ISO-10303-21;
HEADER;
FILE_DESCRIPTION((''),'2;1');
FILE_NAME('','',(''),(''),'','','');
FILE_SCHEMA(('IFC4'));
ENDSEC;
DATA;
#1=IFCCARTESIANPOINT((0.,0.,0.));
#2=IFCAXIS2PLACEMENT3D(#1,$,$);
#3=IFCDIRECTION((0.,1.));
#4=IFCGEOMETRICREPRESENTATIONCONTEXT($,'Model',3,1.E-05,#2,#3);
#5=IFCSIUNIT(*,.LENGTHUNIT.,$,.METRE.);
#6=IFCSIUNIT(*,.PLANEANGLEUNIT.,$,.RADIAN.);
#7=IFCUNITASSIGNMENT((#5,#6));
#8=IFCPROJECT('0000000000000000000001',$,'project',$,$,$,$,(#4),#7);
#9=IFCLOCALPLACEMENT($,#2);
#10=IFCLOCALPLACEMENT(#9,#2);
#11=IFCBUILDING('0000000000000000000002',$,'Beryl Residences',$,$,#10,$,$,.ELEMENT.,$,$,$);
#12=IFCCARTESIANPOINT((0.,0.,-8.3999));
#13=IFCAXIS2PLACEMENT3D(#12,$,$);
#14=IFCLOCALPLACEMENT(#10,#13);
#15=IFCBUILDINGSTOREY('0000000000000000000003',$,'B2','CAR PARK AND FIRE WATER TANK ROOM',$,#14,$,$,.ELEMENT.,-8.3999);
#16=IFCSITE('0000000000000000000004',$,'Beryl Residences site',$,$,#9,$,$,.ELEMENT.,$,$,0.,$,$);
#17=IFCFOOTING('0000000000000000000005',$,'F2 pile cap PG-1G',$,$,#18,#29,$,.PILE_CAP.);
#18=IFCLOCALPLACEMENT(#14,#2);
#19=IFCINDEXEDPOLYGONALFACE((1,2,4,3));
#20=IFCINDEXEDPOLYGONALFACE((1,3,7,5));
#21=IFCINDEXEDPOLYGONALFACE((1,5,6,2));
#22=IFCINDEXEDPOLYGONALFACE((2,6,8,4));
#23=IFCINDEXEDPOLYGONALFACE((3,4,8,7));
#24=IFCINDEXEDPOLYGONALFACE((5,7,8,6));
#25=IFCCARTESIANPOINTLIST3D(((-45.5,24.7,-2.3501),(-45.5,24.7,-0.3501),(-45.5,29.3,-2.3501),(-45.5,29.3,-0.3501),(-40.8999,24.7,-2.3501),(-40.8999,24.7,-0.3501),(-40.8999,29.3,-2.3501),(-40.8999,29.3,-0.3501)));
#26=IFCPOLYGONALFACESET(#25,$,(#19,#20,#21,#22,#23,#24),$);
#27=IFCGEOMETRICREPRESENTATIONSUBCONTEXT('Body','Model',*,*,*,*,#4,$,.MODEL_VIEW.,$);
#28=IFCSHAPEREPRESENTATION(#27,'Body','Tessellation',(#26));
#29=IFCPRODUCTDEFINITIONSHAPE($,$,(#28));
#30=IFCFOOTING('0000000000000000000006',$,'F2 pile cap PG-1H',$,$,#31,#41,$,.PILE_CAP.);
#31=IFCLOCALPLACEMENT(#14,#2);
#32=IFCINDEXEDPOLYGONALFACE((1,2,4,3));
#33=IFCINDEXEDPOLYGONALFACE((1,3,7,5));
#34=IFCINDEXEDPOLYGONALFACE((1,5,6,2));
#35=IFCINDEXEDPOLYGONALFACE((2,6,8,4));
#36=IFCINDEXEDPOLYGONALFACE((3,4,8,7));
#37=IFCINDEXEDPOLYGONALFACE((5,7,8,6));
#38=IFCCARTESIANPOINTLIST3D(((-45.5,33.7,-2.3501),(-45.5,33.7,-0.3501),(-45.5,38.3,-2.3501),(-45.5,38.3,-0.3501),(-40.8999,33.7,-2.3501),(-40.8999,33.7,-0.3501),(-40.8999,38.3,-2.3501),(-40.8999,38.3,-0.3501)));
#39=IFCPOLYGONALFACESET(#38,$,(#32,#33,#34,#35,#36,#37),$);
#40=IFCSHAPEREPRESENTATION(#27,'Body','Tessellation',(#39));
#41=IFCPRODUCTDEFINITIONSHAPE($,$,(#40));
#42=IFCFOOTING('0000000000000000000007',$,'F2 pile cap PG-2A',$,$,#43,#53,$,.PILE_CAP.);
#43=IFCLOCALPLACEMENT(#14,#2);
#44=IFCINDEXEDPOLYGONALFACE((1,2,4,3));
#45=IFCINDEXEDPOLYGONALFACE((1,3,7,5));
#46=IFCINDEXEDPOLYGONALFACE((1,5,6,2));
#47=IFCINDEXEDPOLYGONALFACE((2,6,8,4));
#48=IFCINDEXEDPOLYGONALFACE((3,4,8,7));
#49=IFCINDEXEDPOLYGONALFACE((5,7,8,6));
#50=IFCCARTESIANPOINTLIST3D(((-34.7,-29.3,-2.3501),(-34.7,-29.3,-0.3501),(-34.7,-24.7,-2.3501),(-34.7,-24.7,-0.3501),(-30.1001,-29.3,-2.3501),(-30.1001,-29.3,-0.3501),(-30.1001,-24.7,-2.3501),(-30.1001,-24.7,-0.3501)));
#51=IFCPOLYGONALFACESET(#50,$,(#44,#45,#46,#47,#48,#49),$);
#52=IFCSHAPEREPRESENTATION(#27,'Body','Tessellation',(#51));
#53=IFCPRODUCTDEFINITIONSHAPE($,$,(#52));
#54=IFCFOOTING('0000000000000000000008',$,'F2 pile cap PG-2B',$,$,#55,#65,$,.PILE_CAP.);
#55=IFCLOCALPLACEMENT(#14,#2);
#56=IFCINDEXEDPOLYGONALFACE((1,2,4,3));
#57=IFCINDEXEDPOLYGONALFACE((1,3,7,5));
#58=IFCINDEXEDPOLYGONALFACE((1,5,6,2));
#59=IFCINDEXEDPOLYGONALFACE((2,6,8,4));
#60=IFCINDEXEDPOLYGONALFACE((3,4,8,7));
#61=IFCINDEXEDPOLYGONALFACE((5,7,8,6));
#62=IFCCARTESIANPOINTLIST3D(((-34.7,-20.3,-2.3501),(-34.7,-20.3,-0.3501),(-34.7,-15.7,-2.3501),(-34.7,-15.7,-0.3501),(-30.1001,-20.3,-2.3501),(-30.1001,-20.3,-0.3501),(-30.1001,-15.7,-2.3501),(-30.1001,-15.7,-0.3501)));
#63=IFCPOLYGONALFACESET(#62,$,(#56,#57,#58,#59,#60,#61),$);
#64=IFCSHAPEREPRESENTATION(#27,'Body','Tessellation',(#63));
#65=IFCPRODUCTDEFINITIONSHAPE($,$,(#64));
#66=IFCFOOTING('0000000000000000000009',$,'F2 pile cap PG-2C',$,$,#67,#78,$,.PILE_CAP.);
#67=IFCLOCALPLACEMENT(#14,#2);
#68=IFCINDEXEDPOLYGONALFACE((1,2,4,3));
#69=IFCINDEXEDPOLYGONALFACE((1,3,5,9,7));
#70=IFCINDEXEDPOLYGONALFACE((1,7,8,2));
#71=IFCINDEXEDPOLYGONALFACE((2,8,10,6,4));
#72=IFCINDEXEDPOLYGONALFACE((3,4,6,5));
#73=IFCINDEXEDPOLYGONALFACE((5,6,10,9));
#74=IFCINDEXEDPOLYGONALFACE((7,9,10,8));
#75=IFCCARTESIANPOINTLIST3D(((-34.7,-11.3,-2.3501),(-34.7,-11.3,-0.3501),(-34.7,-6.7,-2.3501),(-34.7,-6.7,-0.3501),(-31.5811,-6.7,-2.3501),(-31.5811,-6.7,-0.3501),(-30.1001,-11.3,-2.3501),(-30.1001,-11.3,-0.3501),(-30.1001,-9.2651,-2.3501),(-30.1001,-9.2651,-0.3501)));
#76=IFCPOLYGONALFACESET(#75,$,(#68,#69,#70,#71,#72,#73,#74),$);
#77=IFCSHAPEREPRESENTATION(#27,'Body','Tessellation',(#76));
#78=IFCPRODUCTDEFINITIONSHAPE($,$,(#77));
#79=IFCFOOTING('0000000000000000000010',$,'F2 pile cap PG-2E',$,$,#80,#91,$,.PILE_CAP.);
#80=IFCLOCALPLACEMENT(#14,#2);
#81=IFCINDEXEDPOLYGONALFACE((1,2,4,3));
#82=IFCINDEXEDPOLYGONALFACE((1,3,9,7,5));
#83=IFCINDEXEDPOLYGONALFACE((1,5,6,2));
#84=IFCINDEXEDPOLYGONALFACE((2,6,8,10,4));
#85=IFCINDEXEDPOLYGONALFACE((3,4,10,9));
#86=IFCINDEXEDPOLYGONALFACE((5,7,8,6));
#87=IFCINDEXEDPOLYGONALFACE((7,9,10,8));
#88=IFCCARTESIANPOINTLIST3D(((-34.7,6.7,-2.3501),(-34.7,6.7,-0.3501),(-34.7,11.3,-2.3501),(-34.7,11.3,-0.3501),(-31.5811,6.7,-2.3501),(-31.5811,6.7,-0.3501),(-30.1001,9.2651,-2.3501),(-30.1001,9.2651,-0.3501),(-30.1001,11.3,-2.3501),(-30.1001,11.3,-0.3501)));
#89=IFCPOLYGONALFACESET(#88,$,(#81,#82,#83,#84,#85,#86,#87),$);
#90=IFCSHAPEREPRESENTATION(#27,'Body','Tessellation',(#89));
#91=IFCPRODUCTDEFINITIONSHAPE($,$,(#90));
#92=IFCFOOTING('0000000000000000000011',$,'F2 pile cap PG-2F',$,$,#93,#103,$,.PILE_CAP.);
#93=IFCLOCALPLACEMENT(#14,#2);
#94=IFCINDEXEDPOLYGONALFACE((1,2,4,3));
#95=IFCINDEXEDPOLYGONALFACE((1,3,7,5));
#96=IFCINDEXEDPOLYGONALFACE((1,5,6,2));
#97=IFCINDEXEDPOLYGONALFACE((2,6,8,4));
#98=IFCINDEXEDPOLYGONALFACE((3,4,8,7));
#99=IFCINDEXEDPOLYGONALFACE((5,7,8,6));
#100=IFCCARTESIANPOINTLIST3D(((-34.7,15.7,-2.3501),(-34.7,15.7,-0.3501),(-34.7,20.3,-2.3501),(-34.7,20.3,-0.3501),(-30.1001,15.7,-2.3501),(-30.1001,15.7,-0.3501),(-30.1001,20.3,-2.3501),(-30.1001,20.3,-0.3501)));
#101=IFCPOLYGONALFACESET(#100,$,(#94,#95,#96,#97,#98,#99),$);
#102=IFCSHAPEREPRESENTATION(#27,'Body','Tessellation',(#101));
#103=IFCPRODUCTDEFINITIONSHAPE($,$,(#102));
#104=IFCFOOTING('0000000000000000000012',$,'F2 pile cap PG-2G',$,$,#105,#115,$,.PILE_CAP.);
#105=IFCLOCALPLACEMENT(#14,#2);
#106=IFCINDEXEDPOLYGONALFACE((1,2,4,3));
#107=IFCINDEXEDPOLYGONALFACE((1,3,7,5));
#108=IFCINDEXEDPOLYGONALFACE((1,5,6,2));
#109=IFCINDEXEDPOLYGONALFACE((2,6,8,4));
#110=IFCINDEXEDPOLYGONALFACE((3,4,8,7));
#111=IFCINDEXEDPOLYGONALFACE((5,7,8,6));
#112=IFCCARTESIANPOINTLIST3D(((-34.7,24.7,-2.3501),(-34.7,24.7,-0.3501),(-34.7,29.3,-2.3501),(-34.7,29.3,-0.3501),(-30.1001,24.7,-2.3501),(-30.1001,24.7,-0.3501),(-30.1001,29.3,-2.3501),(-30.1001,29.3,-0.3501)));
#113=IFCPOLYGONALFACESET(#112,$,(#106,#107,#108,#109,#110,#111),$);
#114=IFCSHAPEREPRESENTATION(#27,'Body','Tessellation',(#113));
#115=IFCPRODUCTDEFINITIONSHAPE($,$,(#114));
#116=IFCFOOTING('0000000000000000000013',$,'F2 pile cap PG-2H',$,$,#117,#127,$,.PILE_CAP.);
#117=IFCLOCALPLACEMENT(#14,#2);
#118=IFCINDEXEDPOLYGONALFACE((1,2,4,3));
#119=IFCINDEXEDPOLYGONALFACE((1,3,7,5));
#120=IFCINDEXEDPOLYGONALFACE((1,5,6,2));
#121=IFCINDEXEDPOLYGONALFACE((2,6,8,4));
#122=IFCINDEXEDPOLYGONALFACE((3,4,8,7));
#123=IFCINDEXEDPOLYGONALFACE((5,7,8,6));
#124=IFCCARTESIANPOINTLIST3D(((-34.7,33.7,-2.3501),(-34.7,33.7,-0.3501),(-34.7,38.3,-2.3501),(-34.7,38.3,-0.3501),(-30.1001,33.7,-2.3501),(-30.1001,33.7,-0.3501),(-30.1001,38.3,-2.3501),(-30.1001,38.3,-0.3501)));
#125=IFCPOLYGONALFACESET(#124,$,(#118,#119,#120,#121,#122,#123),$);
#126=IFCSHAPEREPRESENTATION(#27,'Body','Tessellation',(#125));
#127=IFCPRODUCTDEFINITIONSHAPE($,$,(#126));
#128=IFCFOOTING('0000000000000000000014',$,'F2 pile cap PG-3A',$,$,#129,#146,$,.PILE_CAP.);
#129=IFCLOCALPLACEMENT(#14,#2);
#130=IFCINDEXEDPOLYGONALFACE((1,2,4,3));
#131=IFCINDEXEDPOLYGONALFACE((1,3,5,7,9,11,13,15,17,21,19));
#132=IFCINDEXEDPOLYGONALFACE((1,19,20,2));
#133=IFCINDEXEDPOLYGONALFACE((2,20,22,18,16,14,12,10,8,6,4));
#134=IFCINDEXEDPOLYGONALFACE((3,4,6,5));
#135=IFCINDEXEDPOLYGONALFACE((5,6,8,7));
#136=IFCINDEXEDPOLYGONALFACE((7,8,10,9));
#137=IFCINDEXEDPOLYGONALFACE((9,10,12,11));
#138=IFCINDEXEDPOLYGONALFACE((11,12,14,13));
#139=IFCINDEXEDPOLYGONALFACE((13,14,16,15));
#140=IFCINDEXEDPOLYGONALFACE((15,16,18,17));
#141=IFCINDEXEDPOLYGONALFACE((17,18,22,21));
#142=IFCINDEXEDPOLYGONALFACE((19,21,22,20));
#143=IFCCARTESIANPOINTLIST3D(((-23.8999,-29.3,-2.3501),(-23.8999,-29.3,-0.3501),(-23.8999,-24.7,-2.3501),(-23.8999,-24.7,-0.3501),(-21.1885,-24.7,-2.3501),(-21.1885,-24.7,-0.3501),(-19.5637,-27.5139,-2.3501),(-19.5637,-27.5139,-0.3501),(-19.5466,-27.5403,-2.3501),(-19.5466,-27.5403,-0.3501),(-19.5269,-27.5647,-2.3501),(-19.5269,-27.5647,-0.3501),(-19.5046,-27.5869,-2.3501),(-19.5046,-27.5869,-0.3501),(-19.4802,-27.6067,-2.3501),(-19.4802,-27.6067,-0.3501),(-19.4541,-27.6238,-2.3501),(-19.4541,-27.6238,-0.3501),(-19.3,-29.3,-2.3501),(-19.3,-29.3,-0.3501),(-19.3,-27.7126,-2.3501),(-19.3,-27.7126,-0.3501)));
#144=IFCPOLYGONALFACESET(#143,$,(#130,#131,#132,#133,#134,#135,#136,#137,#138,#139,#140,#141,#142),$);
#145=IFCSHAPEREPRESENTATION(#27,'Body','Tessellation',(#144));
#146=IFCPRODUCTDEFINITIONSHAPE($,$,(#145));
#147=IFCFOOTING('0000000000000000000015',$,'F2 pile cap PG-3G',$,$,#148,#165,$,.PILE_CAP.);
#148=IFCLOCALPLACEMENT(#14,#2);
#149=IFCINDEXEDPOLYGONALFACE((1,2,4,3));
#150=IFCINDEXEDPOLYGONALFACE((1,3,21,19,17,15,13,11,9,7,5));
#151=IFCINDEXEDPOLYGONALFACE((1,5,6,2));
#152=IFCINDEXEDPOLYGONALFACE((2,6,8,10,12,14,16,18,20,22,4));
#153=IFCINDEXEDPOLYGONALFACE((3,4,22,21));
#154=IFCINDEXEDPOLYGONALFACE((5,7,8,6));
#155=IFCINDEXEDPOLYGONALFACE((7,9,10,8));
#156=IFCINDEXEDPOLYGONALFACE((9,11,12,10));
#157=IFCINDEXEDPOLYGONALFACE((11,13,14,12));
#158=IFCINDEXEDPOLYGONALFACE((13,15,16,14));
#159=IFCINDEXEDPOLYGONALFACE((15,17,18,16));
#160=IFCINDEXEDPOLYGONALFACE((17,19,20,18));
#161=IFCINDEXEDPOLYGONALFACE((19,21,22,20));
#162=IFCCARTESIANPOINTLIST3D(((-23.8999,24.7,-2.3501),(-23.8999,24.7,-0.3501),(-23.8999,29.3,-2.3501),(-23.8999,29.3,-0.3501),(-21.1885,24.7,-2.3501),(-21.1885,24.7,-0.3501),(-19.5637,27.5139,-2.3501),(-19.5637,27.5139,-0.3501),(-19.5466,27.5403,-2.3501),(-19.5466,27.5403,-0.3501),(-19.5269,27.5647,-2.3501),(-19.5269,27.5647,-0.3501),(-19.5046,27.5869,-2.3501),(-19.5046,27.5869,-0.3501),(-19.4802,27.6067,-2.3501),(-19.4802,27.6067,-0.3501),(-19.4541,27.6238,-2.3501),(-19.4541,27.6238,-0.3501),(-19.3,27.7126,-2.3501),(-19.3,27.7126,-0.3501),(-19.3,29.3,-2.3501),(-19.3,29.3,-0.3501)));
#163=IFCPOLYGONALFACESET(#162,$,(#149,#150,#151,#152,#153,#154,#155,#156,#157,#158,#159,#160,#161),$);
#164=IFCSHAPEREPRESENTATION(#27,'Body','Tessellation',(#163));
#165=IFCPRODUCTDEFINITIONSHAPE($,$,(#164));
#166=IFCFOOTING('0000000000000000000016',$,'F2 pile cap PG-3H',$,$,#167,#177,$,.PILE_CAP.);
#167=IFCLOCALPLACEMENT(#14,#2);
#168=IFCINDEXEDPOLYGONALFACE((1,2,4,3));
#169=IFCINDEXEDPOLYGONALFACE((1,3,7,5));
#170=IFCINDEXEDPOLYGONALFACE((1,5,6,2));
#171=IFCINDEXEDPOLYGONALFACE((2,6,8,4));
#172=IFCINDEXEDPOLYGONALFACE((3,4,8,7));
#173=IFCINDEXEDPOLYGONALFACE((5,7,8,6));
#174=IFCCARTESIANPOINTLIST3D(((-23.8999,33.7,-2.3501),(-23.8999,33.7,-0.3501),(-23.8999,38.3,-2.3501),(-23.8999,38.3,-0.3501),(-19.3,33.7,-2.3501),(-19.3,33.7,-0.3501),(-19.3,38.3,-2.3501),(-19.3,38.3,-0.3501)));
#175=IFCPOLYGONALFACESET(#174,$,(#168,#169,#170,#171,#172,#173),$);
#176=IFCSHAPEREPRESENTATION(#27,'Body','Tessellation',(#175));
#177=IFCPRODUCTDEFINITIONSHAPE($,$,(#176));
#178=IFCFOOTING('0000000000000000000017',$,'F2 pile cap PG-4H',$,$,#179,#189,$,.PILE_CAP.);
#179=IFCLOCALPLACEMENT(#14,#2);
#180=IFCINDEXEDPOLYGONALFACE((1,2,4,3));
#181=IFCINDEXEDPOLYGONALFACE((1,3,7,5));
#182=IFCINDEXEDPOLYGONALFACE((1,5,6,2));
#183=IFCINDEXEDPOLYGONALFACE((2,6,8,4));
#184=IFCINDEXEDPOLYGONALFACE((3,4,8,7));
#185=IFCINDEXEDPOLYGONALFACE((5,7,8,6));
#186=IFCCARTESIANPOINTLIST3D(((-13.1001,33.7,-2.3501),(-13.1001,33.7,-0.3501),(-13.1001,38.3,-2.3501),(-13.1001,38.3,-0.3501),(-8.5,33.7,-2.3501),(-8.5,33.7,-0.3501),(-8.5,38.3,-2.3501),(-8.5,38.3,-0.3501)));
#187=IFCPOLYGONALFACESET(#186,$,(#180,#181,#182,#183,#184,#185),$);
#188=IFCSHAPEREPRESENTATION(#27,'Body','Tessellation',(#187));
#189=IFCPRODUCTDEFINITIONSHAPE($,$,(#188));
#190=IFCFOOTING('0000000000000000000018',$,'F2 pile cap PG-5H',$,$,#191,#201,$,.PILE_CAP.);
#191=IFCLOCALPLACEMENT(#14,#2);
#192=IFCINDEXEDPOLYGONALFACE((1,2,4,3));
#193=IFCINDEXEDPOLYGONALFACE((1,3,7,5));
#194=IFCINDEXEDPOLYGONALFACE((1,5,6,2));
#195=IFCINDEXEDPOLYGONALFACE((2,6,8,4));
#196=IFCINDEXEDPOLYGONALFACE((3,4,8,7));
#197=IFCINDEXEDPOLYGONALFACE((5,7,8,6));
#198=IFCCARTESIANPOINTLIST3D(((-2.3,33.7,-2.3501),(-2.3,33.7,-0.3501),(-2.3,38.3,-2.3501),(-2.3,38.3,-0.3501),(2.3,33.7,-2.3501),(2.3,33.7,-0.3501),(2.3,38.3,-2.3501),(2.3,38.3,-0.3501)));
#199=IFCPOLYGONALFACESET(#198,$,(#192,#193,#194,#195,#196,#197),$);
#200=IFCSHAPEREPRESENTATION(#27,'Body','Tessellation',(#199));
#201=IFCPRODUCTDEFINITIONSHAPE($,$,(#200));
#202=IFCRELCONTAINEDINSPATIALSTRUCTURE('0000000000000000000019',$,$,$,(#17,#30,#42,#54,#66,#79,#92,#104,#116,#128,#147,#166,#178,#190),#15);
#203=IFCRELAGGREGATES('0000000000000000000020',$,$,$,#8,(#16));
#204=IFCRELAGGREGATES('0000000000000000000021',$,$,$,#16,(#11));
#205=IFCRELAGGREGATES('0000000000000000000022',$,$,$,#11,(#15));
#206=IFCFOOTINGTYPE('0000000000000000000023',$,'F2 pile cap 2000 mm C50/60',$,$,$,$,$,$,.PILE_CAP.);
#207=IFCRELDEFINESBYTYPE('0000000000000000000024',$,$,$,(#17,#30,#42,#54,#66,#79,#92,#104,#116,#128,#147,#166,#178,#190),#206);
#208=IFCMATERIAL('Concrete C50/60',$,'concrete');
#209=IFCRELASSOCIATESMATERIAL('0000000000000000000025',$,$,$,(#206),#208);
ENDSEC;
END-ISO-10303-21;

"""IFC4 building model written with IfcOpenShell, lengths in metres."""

from ifc_helpers import new_model, si_unit, direction, frame, origin, place, context, subcontext, project, spatial, polyline, outline, extrude, material, type_object, element, save


model = new_model("IFC4")

# Units and contexts
model_context = context("Model", 3, precision=1e-05, world=origin(), true_north=direction((0.0, 1.0)))
body_context = subcontext(model_context, "Body", "Model", "MODEL_VIEW")
ifc_project = project(units=[si_unit("LENGTHUNIT", "METRE"), si_unit("PLANEANGLEUNIT", "RADIAN")], contexts=[model_context])

# Site, building, storey
site_placement = place(None, origin())
site = spatial("IfcSite", under=ifc_project, at=site_placement, Name="Beryl Residences site", CompositionType="ELEMENT", RefElevation=0.0)
building_placement = place(site_placement, origin())
building = spatial("IfcBuilding", under=site, at=building_placement, Name="Beryl Residences", CompositionType="ELEMENT")
storey_placement = place(building_placement, frame((0.0, 0.0, -8.3999)))
storey = spatial("IfcBuildingStorey", under=building, at=storey_placement, Name="B2", Description="CAR PARK AND FIRE WATER TANK ROOM", CompositionType="ELEMENT", Elevation=-8.3999)

# Footings
ifc_material_1 = material(Name="Concrete C50/60", Category="concrete")
footing_type_1 = type_object("IfcFootingType", Name="F2 pile cap 2000 mm C50/60", PredefinedType="PILE_CAP", material=ifc_material_1)
footing_1_placement = place(storey_placement, frame((0.0, 0.0, -2.3501)))
element("IfcFooting", 1, at=footing_1_placement, inside=storey, type_object=footing_type_1, Name="F2 pile cap PG-1G", PredefinedType="PILE_CAP", context=body_context, shape_type="SweptSolid", body=[
    extrude(outline(polyline([(-45.5, 24.7), (-45.5, 29.3), (-40.8999, 29.3), (-40.8999, 24.7), (-45.5, 24.7)])), origin(), (0.0, 0.0, 1.0), 2.0),
])
footing_2_placement = place(storey_placement, frame((0.0, 0.0, -2.3501)))
element("IfcFooting", 2, at=footing_2_placement, inside=storey, type_object=footing_type_1, Name="F2 pile cap PG-1H", PredefinedType="PILE_CAP", context=body_context, shape_type="SweptSolid", body=[
    extrude(outline(polyline([(-45.5, 33.7), (-45.5, 38.3), (-40.8999, 38.3), (-40.8999, 33.7), (-45.5, 33.7)])), origin(), (0.0, 0.0, 1.0), 2.0),
])
footing_3_placement = place(storey_placement, frame((0.0, 0.0, -2.3501)))
element("IfcFooting", 3, at=footing_3_placement, inside=storey, type_object=footing_type_1, Name="F2 pile cap PG-2A", PredefinedType="PILE_CAP", context=body_context, shape_type="SweptSolid", body=[
    extrude(outline(polyline([(-34.7, -29.3), (-34.7, -24.7), (-30.1001, -24.7), (-30.1001, -29.3), (-34.7, -29.3)])), origin(), (0.0, 0.0, 1.0), 2.0),
])
footing_4_placement = place(storey_placement, frame((0.0, 0.0, -2.3501)))
element("IfcFooting", 4, at=footing_4_placement, inside=storey, type_object=footing_type_1, Name="F2 pile cap PG-2B", PredefinedType="PILE_CAP", context=body_context, shape_type="SweptSolid", body=[
    extrude(outline(polyline([(-34.7, -20.3), (-34.7, -15.7), (-30.1001, -15.7), (-30.1001, -20.3), (-34.7, -20.3)])), origin(), (0.0, 0.0, 1.0), 2.0),
])
footing_5_placement = place(storey_placement, frame((0.0, 0.0, -2.3501)))
element("IfcFooting", 5, at=footing_5_placement, inside=storey, type_object=footing_type_1, Name="F2 pile cap PG-2C", PredefinedType="PILE_CAP", context=body_context, shape_type="SweptSolid", body=[
    extrude(outline(polyline([(-30.1001, -11.3), (-34.7, -11.3), (-34.7, -6.7), (-31.5811, -6.7), (-30.1001, -9.2651), (-30.1001, -11.3)])), origin(), (0.0, 0.0, 1.0), 2.0),
])
footing_6_placement = place(storey_placement, frame((0.0, 0.0, -2.3501)))
element("IfcFooting", 6, at=footing_6_placement, inside=storey, type_object=footing_type_1, Name="F2 pile cap PG-2E", PredefinedType="PILE_CAP", context=body_context, shape_type="SweptSolid", body=[
    extrude(outline(polyline([(-34.7, 6.7), (-34.7, 11.3), (-30.1001, 11.3), (-30.1001, 9.2651), (-31.5811, 6.7), (-34.7, 6.7)])), origin(), (0.0, 0.0, 1.0), 2.0),
])
footing_7_placement = place(storey_placement, frame((0.0, 0.0, -2.3501)))
element("IfcFooting", 7, at=footing_7_placement, inside=storey, type_object=footing_type_1, Name="F2 pile cap PG-2F", PredefinedType="PILE_CAP", context=body_context, shape_type="SweptSolid", body=[
    extrude(outline(polyline([(-34.7, 15.7), (-34.7, 20.3), (-30.1001, 20.3), (-30.1001, 15.7), (-34.7, 15.7)])), origin(), (0.0, 0.0, 1.0), 2.0),
])
footing_8_placement = place(storey_placement, frame((0.0, 0.0, -2.3501)))
element("IfcFooting", 8, at=footing_8_placement, inside=storey, type_object=footing_type_1, Name="F2 pile cap PG-2G", PredefinedType="PILE_CAP", context=body_context, shape_type="SweptSolid", body=[
    extrude(outline(polyline([(-34.7, 24.7), (-34.7, 29.3), (-30.1001, 29.3), (-30.1001, 24.7), (-34.7, 24.7)])), origin(), (0.0, 0.0, 1.0), 2.0),
])
footing_9_placement = place(storey_placement, frame((0.0, 0.0, -2.3501)))
element("IfcFooting", 9, at=footing_9_placement, inside=storey, type_object=footing_type_1, Name="F2 pile cap PG-2H", PredefinedType="PILE_CAP", context=body_context, shape_type="SweptSolid", body=[
    extrude(outline(polyline([(-34.7, 33.7), (-34.7, 38.3), (-30.1001, 38.3), (-30.1001, 33.7), (-34.7, 33.7)])), origin(), (0.0, 0.0, 1.0), 2.0),
])
footing_10_placement = place(storey_placement, frame((0.0, 0.0, -2.3501)))
element("IfcFooting", 10, at=footing_10_placement, inside=storey, type_object=footing_type_1, Name="F2 pile cap PG-3A", PredefinedType="PILE_CAP", context=body_context, shape_type="SweptSolid", body=[
    extrude(outline(polyline([(-19.3, -29.3), (-23.8999, -29.3), (-23.8999, -24.7), (-21.1885, -24.7), (-19.5637, -27.5139), (-19.5466, -27.5403), (-19.5269, -27.5647), (-19.5046, -27.5869), (-19.4802, -27.6067), (-19.4541, -27.6238), (-19.3, -27.7126), (-19.3, -29.3)])), origin(), (0.0, 0.0, 1.0), 2.0),
])
footing_11_placement = place(storey_placement, frame((0.0, 0.0, -2.3501)))
element("IfcFooting", 11, at=footing_11_placement, inside=storey, type_object=footing_type_1, Name="F2 pile cap PG-3G", PredefinedType="PILE_CAP", context=body_context, shape_type="SweptSolid", body=[
    extrude(outline(polyline([(-23.8999, 24.7), (-23.8999, 29.3), (-19.3, 29.3), (-19.3, 27.7126), (-19.4541, 27.6238), (-19.4802, 27.6067), (-19.5046, 27.5869), (-19.5269, 27.5647), (-19.5466, 27.5403), (-19.5637, 27.5139), (-21.1885, 24.7), (-23.8999, 24.7)])), origin(), (0.0, 0.0, 1.0), 2.0),
])
footing_12_placement = place(storey_placement, frame((0.0, 0.0, -2.3501)))
element("IfcFooting", 12, at=footing_12_placement, inside=storey, type_object=footing_type_1, Name="F2 pile cap PG-3H", PredefinedType="PILE_CAP", context=body_context, shape_type="SweptSolid", body=[
    extrude(outline(polyline([(-23.8999, 33.7), (-23.8999, 38.3), (-19.3, 38.3), (-19.3, 33.7), (-23.8999, 33.7)])), origin(), (0.0, 0.0, 1.0), 2.0),
])
footing_13_placement = place(storey_placement, frame((0.0, 0.0, -2.3501)))
element("IfcFooting", 13, at=footing_13_placement, inside=storey, type_object=footing_type_1, Name="F2 pile cap PG-4H", PredefinedType="PILE_CAP", context=body_context, shape_type="SweptSolid", body=[
    extrude(outline(polyline([(-13.1001, 33.7), (-13.1001, 38.3), (-8.5, 38.3), (-8.5, 33.7), (-13.1001, 33.7)])), origin(), (0.0, 0.0, 1.0), 2.0),
])
footing_14_placement = place(storey_placement, frame((0.0, 0.0, -2.3501)))
element("IfcFooting", 14, at=footing_14_placement, inside=storey, type_object=footing_type_1, Name="F2 pile cap PG-5H", PredefinedType="PILE_CAP", context=body_context, shape_type="SweptSolid", body=[
    extrude(outline(polyline([(-2.3, 33.7), (-2.3, 38.3), (2.3, 38.3), (2.3, 33.7), (-2.3, 33.7)])), origin(), (0.0, 0.0, 1.0), 2.0),
])

save(model, "model.ifc")
